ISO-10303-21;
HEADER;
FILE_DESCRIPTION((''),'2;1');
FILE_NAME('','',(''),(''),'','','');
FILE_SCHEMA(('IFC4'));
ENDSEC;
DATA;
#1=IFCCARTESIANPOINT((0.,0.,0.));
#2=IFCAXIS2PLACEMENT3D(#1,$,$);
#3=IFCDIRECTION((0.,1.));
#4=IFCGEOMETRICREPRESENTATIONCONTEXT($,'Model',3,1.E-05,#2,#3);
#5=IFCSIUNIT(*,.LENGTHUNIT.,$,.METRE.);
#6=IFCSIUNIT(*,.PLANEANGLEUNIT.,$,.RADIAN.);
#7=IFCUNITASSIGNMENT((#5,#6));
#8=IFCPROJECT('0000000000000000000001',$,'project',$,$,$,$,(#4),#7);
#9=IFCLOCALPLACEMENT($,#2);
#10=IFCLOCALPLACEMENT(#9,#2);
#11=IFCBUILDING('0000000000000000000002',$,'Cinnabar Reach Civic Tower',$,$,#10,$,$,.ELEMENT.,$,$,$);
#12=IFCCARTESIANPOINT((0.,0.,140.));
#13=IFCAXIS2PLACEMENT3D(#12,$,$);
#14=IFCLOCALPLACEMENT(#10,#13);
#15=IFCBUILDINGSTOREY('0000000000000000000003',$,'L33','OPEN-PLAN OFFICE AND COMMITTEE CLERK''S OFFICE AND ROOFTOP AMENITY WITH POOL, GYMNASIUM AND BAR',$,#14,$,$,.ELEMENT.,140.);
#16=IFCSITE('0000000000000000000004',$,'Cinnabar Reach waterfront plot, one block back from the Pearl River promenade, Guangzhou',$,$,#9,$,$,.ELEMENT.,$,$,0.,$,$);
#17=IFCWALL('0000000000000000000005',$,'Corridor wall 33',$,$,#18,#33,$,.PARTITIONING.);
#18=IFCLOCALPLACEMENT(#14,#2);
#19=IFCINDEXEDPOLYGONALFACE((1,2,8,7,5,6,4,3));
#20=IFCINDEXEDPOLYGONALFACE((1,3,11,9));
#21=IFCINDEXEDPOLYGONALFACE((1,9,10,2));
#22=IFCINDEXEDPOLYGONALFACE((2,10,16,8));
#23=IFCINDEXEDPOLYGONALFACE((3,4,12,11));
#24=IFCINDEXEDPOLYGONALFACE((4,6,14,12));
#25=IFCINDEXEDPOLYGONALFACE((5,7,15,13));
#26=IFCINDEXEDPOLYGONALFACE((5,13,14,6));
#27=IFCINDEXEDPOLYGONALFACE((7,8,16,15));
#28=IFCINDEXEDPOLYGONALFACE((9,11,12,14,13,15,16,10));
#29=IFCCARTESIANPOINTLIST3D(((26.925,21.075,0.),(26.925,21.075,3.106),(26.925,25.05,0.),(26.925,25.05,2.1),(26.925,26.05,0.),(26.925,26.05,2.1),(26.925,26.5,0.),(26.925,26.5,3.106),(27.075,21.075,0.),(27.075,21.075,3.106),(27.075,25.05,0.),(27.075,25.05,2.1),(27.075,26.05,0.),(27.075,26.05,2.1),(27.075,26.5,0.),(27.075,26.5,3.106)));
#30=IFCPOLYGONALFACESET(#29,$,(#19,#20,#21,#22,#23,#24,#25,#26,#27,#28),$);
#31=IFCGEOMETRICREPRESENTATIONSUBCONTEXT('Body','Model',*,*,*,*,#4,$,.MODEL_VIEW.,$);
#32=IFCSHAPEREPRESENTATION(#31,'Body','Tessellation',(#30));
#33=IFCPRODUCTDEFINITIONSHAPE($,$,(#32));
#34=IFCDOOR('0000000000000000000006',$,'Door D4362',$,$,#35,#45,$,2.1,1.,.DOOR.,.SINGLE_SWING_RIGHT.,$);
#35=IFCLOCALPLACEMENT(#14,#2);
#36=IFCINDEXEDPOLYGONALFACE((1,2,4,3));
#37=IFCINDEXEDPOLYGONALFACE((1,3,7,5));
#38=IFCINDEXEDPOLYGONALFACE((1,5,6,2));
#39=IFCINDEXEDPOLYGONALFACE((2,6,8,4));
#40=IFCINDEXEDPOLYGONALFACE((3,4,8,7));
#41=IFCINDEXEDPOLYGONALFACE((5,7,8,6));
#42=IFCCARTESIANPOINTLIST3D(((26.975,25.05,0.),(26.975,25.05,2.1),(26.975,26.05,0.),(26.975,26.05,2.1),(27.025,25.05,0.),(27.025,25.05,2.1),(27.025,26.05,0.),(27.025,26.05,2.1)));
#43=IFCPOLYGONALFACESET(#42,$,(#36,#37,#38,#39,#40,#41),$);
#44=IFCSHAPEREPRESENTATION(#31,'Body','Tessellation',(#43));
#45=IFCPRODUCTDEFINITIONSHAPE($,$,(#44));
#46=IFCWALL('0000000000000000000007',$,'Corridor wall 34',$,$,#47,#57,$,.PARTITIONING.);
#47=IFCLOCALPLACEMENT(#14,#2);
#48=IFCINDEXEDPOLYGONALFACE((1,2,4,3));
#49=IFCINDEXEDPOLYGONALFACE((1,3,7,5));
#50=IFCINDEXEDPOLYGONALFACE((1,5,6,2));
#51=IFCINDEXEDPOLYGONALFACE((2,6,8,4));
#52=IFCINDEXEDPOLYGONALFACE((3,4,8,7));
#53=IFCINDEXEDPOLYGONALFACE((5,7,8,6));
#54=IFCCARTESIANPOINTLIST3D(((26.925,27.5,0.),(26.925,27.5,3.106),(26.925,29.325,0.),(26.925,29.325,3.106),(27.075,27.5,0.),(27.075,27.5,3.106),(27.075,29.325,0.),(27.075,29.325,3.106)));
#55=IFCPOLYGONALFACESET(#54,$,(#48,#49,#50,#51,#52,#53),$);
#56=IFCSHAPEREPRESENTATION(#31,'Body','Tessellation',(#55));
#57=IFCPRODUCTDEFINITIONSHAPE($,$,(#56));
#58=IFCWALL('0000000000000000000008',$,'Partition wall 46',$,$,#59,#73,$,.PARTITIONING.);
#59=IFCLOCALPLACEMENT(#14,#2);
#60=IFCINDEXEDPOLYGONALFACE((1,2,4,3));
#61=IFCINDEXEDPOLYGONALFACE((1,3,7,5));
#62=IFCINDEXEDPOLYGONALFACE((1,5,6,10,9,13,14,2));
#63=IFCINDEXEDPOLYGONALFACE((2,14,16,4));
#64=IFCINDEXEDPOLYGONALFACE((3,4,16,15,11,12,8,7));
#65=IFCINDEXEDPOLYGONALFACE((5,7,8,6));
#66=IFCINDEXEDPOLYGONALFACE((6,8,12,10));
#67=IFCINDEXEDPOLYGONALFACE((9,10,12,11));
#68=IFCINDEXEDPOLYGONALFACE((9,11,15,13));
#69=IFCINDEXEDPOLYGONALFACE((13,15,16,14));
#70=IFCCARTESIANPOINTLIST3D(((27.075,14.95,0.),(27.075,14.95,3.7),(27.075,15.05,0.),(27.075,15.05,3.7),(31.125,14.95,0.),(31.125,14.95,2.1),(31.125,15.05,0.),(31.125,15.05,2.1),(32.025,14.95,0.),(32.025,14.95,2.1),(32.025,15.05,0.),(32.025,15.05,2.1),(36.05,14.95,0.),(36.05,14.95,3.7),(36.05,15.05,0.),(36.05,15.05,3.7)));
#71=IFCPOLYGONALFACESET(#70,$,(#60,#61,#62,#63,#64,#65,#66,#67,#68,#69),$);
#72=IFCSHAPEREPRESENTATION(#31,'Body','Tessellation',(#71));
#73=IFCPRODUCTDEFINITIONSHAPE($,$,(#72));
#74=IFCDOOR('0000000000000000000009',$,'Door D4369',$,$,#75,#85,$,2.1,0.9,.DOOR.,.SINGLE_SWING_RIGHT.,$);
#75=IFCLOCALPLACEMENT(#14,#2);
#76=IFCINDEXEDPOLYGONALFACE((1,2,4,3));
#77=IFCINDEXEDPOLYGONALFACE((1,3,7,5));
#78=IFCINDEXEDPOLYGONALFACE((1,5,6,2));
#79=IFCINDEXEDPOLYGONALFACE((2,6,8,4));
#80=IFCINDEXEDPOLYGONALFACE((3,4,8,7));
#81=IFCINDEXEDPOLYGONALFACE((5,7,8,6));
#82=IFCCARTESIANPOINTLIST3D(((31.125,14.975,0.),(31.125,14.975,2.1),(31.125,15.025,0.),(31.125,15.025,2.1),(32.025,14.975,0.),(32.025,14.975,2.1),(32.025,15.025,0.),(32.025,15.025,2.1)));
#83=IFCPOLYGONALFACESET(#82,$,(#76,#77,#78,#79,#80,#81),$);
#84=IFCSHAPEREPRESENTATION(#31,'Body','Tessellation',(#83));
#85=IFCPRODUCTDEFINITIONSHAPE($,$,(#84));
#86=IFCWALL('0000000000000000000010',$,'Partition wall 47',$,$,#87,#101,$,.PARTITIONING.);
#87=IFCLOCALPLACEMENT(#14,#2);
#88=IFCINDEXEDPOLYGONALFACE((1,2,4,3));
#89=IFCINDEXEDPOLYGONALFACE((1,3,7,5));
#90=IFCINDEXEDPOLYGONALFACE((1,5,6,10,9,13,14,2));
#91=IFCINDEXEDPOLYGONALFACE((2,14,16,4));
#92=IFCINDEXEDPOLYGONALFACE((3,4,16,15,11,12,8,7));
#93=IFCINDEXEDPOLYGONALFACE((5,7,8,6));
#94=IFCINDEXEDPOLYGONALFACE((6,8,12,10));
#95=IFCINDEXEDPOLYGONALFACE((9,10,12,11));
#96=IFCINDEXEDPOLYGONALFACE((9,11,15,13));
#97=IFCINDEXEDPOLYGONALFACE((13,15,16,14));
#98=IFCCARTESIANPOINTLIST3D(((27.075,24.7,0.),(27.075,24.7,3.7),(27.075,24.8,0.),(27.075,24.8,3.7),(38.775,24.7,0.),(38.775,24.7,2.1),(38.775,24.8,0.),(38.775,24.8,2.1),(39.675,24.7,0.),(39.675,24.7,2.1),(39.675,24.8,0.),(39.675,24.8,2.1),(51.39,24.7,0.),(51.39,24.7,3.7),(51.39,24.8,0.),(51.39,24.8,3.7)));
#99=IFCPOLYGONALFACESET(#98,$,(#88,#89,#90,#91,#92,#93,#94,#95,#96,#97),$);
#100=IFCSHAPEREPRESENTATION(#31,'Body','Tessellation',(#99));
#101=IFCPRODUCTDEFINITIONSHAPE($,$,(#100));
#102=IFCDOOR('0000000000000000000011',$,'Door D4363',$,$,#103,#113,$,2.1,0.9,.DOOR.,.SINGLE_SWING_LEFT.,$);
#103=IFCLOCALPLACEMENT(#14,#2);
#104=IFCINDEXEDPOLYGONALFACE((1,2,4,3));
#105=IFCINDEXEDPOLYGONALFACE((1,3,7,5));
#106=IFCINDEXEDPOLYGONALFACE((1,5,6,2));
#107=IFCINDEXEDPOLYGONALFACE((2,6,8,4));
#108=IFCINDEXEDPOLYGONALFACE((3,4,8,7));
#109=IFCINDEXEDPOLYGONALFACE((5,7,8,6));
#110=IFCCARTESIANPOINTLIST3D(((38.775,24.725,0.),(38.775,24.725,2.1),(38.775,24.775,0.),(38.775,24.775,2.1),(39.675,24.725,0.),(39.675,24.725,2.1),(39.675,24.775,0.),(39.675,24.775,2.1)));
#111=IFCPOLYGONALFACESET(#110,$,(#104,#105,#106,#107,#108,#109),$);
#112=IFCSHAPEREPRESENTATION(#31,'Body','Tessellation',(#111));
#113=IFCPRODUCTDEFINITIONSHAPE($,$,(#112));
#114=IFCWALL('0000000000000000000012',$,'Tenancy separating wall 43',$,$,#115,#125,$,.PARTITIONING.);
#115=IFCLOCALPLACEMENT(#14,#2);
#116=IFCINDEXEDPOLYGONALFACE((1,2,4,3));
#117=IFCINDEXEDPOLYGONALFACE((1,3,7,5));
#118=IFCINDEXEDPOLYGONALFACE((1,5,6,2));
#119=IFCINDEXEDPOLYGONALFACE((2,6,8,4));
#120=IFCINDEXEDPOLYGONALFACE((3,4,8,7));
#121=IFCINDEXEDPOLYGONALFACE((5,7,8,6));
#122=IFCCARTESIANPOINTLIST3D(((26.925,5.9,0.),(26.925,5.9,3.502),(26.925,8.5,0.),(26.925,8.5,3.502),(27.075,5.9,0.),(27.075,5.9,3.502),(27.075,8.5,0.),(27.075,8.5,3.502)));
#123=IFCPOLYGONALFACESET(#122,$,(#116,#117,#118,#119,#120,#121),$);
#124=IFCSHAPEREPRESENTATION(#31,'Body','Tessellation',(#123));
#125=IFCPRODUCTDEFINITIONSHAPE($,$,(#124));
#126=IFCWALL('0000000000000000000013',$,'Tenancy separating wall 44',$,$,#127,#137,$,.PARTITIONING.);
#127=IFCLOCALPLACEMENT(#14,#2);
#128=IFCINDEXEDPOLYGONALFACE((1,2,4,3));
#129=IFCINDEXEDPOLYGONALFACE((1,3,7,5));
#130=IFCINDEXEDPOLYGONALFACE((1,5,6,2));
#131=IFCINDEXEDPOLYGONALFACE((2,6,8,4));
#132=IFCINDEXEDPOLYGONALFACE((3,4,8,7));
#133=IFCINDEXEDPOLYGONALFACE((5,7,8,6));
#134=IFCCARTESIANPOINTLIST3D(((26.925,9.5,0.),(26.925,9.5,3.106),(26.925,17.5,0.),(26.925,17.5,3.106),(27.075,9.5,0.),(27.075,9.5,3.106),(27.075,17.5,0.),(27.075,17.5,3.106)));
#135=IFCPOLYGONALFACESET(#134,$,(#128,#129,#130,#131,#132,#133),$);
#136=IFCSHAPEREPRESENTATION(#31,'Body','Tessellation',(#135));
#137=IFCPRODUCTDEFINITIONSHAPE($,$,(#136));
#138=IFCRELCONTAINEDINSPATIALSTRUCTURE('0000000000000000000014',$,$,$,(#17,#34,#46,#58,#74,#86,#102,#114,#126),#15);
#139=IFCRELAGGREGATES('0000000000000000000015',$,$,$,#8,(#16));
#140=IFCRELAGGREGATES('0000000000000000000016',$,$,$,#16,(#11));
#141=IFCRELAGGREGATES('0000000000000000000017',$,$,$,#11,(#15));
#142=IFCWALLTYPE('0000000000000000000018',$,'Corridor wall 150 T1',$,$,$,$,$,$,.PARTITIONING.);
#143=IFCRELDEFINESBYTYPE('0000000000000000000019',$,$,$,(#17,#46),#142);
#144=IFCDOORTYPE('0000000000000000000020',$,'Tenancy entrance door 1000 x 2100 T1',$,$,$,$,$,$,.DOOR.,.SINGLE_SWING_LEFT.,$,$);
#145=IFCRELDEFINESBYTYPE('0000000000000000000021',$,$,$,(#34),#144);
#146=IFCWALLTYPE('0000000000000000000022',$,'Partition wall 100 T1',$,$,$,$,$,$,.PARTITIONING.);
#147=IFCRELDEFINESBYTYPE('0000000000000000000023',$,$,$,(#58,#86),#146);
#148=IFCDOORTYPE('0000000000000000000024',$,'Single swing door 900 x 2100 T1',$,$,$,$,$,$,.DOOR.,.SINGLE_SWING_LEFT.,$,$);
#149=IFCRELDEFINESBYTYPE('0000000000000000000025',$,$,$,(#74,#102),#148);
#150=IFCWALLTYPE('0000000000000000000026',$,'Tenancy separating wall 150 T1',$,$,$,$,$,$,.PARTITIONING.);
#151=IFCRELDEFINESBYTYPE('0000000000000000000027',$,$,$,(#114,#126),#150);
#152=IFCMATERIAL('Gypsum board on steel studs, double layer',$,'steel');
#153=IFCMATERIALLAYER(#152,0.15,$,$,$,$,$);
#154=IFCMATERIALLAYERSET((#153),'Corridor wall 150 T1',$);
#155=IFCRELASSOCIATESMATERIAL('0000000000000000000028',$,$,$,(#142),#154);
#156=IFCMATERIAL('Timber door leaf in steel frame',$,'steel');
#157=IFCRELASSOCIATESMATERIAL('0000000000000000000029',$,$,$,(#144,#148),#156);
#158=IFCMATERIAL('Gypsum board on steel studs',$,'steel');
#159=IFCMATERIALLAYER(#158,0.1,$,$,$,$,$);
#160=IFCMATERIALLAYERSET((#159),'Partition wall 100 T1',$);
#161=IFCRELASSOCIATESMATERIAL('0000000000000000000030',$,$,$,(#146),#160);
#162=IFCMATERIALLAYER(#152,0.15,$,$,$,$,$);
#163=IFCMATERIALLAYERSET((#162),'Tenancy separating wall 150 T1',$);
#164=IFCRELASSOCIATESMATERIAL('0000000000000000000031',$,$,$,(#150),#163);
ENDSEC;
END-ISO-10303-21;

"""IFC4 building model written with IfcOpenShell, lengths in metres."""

from ifc_helpers import new_model, si_unit, direction, frame, frame_2d, origin, place, context, subcontext, project, spatial, rectangle, extrude, material, layer, layer_set, type_object, element, fill, save


model = new_model("IFC4")

# Units and contexts
model_context = context("Model", 3, precision=1e-05, world=origin(), true_north=direction((0.0, 1.0)))
body_context = subcontext(model_context, "Body", "Model", "MODEL_VIEW")
ifc_project = project(units=[si_unit("LENGTHUNIT", "METRE"), si_unit("PLANEANGLEUNIT", "RADIAN")], contexts=[model_context])

# Site, building, storey
site_placement = place(None, origin())
site = spatial("IfcSite", under=ifc_project, at=site_placement, Name="Cinnabar Reach waterfront plot, one block back from the Pearl River promenade, Guangzhou", CompositionType="ELEMENT", RefElevation=0.0)
building_placement = place(site_placement, origin())
building = spatial("IfcBuilding", under=site, at=building_placement, Name="Cinnabar Reach Civic Tower", CompositionType="ELEMENT")
storey_placement = place(building_placement, frame((0.0, 0.0, 140.0)))
storey = spatial("IfcBuildingStorey", under=building, at=storey_placement, Name="L33", Description="OPEN-PLAN OFFICE AND COMMITTEE CLERK'S OFFICE AND ROOFTOP AMENITY WITH POOL, GYMNASIUM AND BAR", CompositionType="ELEMENT", Elevation=140.0)

# Wall, opening, door
ifc_material_1 = material(Name="Gypsum board on steel studs, double layer", Category="steel")
ifc_layer_1 = layer(ifc_material_1, 0.15)
ifc_layer_set_1 = layer_set([ifc_layer_1], Name="Corridor wall 150 T1")
wall_type_1 = type_object("IfcWallType", Name="Corridor wall 150 T1", PredefinedType="PARTITIONING", material=ifc_layer_set_1)
ifc_material_2 = material(Name="Timber door leaf in steel frame", Category="steel")
door_type_1 = type_object("IfcDoorType", Name="Tenancy entrance door 1000 x 2100 T1", OperationType="SINGLE_SWING_LEFT", PredefinedType="DOOR", material=ifc_material_2)
wall_1_placement = place(storey_placement, frame((27.0, 21.075, 0.0), z_axis=(0.0, 0.0, 1.0), x_axis=(0.0, 1.0, 0.0)))
wall_1 = element("IfcWall", 1, at=wall_1_placement, inside=storey, type_object=wall_type_1, Name="Corridor wall 33", PredefinedType="PARTITIONING", context=body_context, shape_type="SweptSolid", body=[
    extrude(rectangle(XDim=5.425, YDim=0.15, at=frame_2d((2.7125, 0.0))), origin(), (0.0, 0.0, 1.0), 3.106),
])
opening_1_placement = place(wall_1_placement, frame((3.975, 0.0, 0.0)))
opening_1 = element("IfcOpeningElement", 2, at=opening_1_placement, cuts=wall_1, PredefinedType="OPENING", context=body_context, shape_type="SweptSolid", body=[
    extrude(rectangle(XDim=1.0, YDim=2.1, at=frame_2d((0.5, 1.05))), frame((0.0, 0.085, 0.0), z_axis=(0.0, -1.0, 0.0), x_axis=(1.0, 0.0, 0.0)), (0.0, 0.0, 1.0), 0.17),
])
door_1_placement = place(opening_1_placement, frame((1.0, 0.0, 0.0), z_axis=(0.0, 0.0, 1.0), x_axis=(-1.0, 0.0, 0.0)))
door_1 = element("IfcDoor", 3, at=door_1_placement, inside=storey, type_object=door_type_1, Name="Door D4362", OperationType="SINGLE_SWING_RIGHT", OverallHeight=2.1, OverallWidth=1.0, PredefinedType="DOOR", context=body_context, shape_type="SweptSolid", body=[
    extrude(rectangle(XDim=1.0, YDim=2.1, at=frame_2d((0.5, 1.05))), frame((0.0, 0.025, 0.0), z_axis=(0.0, -1.0, 0.0), x_axis=(1.0, 0.0, 0.0)), (0.0, 0.0, 1.0), 0.05),
])
fill(opening_1, door_1)

# Wall
wall_2_placement = place(storey_placement, frame((27.0, 27.5, 0.0), z_axis=(0.0, 0.0, 1.0), x_axis=(0.0, 1.0, 0.0)))
element("IfcWall", 4, at=wall_2_placement, inside=storey, type_object=wall_type_1, Name="Corridor wall 34", PredefinedType="PARTITIONING", context=body_context, shape_type="SweptSolid", body=[
    extrude(rectangle(XDim=1.825, YDim=0.15, at=frame_2d((0.9125, 0.0))), origin(), (0.0, 0.0, 1.0), 3.106),
])

# Walls, openings, doors
ifc_material_3 = material(Name="Gypsum board on steel studs", Category="steel")
ifc_layer_2 = layer(ifc_material_3, 0.1)
ifc_layer_set_2 = layer_set([ifc_layer_2], Name="Partition wall 100 T1")
wall_type_2 = type_object("IfcWallType", Name="Partition wall 100 T1", PredefinedType="PARTITIONING", material=ifc_layer_set_2)
wall_3_placement = place(storey_placement, frame((27.075, 15.0, 0.0), z_axis=(0.0, 0.0, 1.0), x_axis=(1.0, 0.0, 0.0)))
wall_3 = element("IfcWall", 5, at=wall_3_placement, inside=storey, type_object=wall_type_2, Name="Partition wall 46", PredefinedType="PARTITIONING", context=body_context, shape_type="SweptSolid", body=[
    extrude(rectangle(XDim=8.975, YDim=0.1, at=frame_2d((4.4875, 0.0))), origin(), (0.0, 0.0, 1.0), 3.7),
])
opening_2_placement = place(wall_3_placement, frame((4.05, 0.0, 0.0)))
opening_2 = element("IfcOpeningElement", 6, at=opening_2_placement, cuts=wall_3, PredefinedType="OPENING", context=body_context, shape_type="SweptSolid", body=[
    extrude(rectangle(XDim=0.9, YDim=2.1, at=frame_2d((0.45, 1.05))), frame((0.0, 0.06, 0.0), z_axis=(0.0, -1.0, 0.0), x_axis=(1.0, 0.0, 0.0)), (0.0, 0.0, 1.0), 0.12),
])
door_type_2 = type_object("IfcDoorType", Name="Single swing door 900 x 2100 T1", OperationType="SINGLE_SWING_LEFT", PredefinedType="DOOR", material=ifc_material_2)
door_2_placement = place(opening_2_placement, origin())
door_2 = element("IfcDoor", 7, at=door_2_placement, inside=storey, type_object=door_type_2, Name="Door D4369", OperationType="SINGLE_SWING_RIGHT", OverallHeight=2.1, OverallWidth=0.9, PredefinedType="DOOR", context=body_context, shape_type="SweptSolid", body=[
    extrude(rectangle(XDim=0.9, YDim=2.1, at=frame_2d((0.45, 1.05))), frame((0.0, 0.025, 0.0), z_axis=(0.0, -1.0, 0.0), x_axis=(1.0, 0.0, 0.0)), (0.0, 0.0, 1.0), 0.05),
])
fill(opening_2, door_2)
wall_4_placement = place(storey_placement, frame((27.075, 24.75, 0.0), z_axis=(0.0, 0.0, 1.0), x_axis=(1.0, 0.0, 0.0)))
wall_4 = element("IfcWall", 8, at=wall_4_placement, inside=storey, type_object=wall_type_2, Name="Partition wall 47", PredefinedType="PARTITIONING", context=body_context, shape_type="SweptSolid", body=[
    extrude(rectangle(XDim=24.315, YDim=0.1, at=frame_2d((12.1575, 0.0))), origin(), (0.0, 0.0, 1.0), 3.7),
])
opening_3_placement = place(wall_4_placement, frame((11.7, 0.0, 0.0)))
opening_3 = element("IfcOpeningElement", 9, at=opening_3_placement, cuts=wall_4, PredefinedType="OPENING", context=body_context, shape_type="SweptSolid", body=[
    extrude(rectangle(XDim=0.9, YDim=2.1, at=frame_2d((0.45, 1.05))), frame((0.0, 0.06, 0.0), z_axis=(0.0, -1.0, 0.0), x_axis=(1.0, 0.0, 0.0)), (0.0, 0.0, 1.0), 0.12),
])
door_3_placement = place(opening_3_placement, frame((0.9, 0.0, 0.0), z_axis=(0.0, 0.0, 1.0), x_axis=(-1.0, 0.0, 0.0)))
door_3 = element("IfcDoor", 10, at=door_3_placement, inside=storey, type_object=door_type_2, Name="Door D4363", OperationType="SINGLE_SWING_LEFT", OverallHeight=2.1, OverallWidth=0.9, PredefinedType="DOOR", context=body_context, shape_type="SweptSolid", body=[
    extrude(rectangle(XDim=0.9, YDim=2.1, at=frame_2d((0.45, 1.05))), frame((0.0, 0.025, 0.0), z_axis=(0.0, -1.0, 0.0), x_axis=(1.0, 0.0, 0.0)), (0.0, 0.0, 1.0), 0.05),
])
fill(opening_3, door_3)

# Walls
ifc_layer_3 = layer(ifc_material_1, 0.15)
ifc_layer_set_3 = layer_set([ifc_layer_3], Name="Tenancy separating wall 150 T1")
wall_type_3 = type_object("IfcWallType", Name="Tenancy separating wall 150 T1", PredefinedType="PARTITIONING", material=ifc_layer_set_3)
wall_5_placement = place(storey_placement, frame((27.0, 5.9, 0.0), z_axis=(0.0, 0.0, 1.0), x_axis=(0.0, 1.0, 0.0)))
element("IfcWall", 11, at=wall_5_placement, inside=storey, type_object=wall_type_3, Name="Tenancy separating wall 43", PredefinedType="PARTITIONING", context=body_context, shape_type="SweptSolid", body=[
    extrude(rectangle(XDim=2.6, YDim=0.15, at=frame_2d((1.3, 0.0))), origin(), (0.0, 0.0, 1.0), 3.502),
])
wall_6_placement = place(storey_placement, frame((27.0, 9.5, 0.0), z_axis=(0.0, 0.0, 1.0), x_axis=(0.0, 1.0, 0.0)))
element("IfcWall", 12, at=wall_6_placement, inside=storey, type_object=wall_type_3, Name="Tenancy separating wall 44", PredefinedType="PARTITIONING", context=body_context, shape_type="SweptSolid", body=[
    extrude(rectangle(XDim=8.0, YDim=0.15, at=frame_2d((4.0, 0.0))), origin(), (0.0, 0.0, 1.0), 3.106),
])

save(model, "model.ifc")
